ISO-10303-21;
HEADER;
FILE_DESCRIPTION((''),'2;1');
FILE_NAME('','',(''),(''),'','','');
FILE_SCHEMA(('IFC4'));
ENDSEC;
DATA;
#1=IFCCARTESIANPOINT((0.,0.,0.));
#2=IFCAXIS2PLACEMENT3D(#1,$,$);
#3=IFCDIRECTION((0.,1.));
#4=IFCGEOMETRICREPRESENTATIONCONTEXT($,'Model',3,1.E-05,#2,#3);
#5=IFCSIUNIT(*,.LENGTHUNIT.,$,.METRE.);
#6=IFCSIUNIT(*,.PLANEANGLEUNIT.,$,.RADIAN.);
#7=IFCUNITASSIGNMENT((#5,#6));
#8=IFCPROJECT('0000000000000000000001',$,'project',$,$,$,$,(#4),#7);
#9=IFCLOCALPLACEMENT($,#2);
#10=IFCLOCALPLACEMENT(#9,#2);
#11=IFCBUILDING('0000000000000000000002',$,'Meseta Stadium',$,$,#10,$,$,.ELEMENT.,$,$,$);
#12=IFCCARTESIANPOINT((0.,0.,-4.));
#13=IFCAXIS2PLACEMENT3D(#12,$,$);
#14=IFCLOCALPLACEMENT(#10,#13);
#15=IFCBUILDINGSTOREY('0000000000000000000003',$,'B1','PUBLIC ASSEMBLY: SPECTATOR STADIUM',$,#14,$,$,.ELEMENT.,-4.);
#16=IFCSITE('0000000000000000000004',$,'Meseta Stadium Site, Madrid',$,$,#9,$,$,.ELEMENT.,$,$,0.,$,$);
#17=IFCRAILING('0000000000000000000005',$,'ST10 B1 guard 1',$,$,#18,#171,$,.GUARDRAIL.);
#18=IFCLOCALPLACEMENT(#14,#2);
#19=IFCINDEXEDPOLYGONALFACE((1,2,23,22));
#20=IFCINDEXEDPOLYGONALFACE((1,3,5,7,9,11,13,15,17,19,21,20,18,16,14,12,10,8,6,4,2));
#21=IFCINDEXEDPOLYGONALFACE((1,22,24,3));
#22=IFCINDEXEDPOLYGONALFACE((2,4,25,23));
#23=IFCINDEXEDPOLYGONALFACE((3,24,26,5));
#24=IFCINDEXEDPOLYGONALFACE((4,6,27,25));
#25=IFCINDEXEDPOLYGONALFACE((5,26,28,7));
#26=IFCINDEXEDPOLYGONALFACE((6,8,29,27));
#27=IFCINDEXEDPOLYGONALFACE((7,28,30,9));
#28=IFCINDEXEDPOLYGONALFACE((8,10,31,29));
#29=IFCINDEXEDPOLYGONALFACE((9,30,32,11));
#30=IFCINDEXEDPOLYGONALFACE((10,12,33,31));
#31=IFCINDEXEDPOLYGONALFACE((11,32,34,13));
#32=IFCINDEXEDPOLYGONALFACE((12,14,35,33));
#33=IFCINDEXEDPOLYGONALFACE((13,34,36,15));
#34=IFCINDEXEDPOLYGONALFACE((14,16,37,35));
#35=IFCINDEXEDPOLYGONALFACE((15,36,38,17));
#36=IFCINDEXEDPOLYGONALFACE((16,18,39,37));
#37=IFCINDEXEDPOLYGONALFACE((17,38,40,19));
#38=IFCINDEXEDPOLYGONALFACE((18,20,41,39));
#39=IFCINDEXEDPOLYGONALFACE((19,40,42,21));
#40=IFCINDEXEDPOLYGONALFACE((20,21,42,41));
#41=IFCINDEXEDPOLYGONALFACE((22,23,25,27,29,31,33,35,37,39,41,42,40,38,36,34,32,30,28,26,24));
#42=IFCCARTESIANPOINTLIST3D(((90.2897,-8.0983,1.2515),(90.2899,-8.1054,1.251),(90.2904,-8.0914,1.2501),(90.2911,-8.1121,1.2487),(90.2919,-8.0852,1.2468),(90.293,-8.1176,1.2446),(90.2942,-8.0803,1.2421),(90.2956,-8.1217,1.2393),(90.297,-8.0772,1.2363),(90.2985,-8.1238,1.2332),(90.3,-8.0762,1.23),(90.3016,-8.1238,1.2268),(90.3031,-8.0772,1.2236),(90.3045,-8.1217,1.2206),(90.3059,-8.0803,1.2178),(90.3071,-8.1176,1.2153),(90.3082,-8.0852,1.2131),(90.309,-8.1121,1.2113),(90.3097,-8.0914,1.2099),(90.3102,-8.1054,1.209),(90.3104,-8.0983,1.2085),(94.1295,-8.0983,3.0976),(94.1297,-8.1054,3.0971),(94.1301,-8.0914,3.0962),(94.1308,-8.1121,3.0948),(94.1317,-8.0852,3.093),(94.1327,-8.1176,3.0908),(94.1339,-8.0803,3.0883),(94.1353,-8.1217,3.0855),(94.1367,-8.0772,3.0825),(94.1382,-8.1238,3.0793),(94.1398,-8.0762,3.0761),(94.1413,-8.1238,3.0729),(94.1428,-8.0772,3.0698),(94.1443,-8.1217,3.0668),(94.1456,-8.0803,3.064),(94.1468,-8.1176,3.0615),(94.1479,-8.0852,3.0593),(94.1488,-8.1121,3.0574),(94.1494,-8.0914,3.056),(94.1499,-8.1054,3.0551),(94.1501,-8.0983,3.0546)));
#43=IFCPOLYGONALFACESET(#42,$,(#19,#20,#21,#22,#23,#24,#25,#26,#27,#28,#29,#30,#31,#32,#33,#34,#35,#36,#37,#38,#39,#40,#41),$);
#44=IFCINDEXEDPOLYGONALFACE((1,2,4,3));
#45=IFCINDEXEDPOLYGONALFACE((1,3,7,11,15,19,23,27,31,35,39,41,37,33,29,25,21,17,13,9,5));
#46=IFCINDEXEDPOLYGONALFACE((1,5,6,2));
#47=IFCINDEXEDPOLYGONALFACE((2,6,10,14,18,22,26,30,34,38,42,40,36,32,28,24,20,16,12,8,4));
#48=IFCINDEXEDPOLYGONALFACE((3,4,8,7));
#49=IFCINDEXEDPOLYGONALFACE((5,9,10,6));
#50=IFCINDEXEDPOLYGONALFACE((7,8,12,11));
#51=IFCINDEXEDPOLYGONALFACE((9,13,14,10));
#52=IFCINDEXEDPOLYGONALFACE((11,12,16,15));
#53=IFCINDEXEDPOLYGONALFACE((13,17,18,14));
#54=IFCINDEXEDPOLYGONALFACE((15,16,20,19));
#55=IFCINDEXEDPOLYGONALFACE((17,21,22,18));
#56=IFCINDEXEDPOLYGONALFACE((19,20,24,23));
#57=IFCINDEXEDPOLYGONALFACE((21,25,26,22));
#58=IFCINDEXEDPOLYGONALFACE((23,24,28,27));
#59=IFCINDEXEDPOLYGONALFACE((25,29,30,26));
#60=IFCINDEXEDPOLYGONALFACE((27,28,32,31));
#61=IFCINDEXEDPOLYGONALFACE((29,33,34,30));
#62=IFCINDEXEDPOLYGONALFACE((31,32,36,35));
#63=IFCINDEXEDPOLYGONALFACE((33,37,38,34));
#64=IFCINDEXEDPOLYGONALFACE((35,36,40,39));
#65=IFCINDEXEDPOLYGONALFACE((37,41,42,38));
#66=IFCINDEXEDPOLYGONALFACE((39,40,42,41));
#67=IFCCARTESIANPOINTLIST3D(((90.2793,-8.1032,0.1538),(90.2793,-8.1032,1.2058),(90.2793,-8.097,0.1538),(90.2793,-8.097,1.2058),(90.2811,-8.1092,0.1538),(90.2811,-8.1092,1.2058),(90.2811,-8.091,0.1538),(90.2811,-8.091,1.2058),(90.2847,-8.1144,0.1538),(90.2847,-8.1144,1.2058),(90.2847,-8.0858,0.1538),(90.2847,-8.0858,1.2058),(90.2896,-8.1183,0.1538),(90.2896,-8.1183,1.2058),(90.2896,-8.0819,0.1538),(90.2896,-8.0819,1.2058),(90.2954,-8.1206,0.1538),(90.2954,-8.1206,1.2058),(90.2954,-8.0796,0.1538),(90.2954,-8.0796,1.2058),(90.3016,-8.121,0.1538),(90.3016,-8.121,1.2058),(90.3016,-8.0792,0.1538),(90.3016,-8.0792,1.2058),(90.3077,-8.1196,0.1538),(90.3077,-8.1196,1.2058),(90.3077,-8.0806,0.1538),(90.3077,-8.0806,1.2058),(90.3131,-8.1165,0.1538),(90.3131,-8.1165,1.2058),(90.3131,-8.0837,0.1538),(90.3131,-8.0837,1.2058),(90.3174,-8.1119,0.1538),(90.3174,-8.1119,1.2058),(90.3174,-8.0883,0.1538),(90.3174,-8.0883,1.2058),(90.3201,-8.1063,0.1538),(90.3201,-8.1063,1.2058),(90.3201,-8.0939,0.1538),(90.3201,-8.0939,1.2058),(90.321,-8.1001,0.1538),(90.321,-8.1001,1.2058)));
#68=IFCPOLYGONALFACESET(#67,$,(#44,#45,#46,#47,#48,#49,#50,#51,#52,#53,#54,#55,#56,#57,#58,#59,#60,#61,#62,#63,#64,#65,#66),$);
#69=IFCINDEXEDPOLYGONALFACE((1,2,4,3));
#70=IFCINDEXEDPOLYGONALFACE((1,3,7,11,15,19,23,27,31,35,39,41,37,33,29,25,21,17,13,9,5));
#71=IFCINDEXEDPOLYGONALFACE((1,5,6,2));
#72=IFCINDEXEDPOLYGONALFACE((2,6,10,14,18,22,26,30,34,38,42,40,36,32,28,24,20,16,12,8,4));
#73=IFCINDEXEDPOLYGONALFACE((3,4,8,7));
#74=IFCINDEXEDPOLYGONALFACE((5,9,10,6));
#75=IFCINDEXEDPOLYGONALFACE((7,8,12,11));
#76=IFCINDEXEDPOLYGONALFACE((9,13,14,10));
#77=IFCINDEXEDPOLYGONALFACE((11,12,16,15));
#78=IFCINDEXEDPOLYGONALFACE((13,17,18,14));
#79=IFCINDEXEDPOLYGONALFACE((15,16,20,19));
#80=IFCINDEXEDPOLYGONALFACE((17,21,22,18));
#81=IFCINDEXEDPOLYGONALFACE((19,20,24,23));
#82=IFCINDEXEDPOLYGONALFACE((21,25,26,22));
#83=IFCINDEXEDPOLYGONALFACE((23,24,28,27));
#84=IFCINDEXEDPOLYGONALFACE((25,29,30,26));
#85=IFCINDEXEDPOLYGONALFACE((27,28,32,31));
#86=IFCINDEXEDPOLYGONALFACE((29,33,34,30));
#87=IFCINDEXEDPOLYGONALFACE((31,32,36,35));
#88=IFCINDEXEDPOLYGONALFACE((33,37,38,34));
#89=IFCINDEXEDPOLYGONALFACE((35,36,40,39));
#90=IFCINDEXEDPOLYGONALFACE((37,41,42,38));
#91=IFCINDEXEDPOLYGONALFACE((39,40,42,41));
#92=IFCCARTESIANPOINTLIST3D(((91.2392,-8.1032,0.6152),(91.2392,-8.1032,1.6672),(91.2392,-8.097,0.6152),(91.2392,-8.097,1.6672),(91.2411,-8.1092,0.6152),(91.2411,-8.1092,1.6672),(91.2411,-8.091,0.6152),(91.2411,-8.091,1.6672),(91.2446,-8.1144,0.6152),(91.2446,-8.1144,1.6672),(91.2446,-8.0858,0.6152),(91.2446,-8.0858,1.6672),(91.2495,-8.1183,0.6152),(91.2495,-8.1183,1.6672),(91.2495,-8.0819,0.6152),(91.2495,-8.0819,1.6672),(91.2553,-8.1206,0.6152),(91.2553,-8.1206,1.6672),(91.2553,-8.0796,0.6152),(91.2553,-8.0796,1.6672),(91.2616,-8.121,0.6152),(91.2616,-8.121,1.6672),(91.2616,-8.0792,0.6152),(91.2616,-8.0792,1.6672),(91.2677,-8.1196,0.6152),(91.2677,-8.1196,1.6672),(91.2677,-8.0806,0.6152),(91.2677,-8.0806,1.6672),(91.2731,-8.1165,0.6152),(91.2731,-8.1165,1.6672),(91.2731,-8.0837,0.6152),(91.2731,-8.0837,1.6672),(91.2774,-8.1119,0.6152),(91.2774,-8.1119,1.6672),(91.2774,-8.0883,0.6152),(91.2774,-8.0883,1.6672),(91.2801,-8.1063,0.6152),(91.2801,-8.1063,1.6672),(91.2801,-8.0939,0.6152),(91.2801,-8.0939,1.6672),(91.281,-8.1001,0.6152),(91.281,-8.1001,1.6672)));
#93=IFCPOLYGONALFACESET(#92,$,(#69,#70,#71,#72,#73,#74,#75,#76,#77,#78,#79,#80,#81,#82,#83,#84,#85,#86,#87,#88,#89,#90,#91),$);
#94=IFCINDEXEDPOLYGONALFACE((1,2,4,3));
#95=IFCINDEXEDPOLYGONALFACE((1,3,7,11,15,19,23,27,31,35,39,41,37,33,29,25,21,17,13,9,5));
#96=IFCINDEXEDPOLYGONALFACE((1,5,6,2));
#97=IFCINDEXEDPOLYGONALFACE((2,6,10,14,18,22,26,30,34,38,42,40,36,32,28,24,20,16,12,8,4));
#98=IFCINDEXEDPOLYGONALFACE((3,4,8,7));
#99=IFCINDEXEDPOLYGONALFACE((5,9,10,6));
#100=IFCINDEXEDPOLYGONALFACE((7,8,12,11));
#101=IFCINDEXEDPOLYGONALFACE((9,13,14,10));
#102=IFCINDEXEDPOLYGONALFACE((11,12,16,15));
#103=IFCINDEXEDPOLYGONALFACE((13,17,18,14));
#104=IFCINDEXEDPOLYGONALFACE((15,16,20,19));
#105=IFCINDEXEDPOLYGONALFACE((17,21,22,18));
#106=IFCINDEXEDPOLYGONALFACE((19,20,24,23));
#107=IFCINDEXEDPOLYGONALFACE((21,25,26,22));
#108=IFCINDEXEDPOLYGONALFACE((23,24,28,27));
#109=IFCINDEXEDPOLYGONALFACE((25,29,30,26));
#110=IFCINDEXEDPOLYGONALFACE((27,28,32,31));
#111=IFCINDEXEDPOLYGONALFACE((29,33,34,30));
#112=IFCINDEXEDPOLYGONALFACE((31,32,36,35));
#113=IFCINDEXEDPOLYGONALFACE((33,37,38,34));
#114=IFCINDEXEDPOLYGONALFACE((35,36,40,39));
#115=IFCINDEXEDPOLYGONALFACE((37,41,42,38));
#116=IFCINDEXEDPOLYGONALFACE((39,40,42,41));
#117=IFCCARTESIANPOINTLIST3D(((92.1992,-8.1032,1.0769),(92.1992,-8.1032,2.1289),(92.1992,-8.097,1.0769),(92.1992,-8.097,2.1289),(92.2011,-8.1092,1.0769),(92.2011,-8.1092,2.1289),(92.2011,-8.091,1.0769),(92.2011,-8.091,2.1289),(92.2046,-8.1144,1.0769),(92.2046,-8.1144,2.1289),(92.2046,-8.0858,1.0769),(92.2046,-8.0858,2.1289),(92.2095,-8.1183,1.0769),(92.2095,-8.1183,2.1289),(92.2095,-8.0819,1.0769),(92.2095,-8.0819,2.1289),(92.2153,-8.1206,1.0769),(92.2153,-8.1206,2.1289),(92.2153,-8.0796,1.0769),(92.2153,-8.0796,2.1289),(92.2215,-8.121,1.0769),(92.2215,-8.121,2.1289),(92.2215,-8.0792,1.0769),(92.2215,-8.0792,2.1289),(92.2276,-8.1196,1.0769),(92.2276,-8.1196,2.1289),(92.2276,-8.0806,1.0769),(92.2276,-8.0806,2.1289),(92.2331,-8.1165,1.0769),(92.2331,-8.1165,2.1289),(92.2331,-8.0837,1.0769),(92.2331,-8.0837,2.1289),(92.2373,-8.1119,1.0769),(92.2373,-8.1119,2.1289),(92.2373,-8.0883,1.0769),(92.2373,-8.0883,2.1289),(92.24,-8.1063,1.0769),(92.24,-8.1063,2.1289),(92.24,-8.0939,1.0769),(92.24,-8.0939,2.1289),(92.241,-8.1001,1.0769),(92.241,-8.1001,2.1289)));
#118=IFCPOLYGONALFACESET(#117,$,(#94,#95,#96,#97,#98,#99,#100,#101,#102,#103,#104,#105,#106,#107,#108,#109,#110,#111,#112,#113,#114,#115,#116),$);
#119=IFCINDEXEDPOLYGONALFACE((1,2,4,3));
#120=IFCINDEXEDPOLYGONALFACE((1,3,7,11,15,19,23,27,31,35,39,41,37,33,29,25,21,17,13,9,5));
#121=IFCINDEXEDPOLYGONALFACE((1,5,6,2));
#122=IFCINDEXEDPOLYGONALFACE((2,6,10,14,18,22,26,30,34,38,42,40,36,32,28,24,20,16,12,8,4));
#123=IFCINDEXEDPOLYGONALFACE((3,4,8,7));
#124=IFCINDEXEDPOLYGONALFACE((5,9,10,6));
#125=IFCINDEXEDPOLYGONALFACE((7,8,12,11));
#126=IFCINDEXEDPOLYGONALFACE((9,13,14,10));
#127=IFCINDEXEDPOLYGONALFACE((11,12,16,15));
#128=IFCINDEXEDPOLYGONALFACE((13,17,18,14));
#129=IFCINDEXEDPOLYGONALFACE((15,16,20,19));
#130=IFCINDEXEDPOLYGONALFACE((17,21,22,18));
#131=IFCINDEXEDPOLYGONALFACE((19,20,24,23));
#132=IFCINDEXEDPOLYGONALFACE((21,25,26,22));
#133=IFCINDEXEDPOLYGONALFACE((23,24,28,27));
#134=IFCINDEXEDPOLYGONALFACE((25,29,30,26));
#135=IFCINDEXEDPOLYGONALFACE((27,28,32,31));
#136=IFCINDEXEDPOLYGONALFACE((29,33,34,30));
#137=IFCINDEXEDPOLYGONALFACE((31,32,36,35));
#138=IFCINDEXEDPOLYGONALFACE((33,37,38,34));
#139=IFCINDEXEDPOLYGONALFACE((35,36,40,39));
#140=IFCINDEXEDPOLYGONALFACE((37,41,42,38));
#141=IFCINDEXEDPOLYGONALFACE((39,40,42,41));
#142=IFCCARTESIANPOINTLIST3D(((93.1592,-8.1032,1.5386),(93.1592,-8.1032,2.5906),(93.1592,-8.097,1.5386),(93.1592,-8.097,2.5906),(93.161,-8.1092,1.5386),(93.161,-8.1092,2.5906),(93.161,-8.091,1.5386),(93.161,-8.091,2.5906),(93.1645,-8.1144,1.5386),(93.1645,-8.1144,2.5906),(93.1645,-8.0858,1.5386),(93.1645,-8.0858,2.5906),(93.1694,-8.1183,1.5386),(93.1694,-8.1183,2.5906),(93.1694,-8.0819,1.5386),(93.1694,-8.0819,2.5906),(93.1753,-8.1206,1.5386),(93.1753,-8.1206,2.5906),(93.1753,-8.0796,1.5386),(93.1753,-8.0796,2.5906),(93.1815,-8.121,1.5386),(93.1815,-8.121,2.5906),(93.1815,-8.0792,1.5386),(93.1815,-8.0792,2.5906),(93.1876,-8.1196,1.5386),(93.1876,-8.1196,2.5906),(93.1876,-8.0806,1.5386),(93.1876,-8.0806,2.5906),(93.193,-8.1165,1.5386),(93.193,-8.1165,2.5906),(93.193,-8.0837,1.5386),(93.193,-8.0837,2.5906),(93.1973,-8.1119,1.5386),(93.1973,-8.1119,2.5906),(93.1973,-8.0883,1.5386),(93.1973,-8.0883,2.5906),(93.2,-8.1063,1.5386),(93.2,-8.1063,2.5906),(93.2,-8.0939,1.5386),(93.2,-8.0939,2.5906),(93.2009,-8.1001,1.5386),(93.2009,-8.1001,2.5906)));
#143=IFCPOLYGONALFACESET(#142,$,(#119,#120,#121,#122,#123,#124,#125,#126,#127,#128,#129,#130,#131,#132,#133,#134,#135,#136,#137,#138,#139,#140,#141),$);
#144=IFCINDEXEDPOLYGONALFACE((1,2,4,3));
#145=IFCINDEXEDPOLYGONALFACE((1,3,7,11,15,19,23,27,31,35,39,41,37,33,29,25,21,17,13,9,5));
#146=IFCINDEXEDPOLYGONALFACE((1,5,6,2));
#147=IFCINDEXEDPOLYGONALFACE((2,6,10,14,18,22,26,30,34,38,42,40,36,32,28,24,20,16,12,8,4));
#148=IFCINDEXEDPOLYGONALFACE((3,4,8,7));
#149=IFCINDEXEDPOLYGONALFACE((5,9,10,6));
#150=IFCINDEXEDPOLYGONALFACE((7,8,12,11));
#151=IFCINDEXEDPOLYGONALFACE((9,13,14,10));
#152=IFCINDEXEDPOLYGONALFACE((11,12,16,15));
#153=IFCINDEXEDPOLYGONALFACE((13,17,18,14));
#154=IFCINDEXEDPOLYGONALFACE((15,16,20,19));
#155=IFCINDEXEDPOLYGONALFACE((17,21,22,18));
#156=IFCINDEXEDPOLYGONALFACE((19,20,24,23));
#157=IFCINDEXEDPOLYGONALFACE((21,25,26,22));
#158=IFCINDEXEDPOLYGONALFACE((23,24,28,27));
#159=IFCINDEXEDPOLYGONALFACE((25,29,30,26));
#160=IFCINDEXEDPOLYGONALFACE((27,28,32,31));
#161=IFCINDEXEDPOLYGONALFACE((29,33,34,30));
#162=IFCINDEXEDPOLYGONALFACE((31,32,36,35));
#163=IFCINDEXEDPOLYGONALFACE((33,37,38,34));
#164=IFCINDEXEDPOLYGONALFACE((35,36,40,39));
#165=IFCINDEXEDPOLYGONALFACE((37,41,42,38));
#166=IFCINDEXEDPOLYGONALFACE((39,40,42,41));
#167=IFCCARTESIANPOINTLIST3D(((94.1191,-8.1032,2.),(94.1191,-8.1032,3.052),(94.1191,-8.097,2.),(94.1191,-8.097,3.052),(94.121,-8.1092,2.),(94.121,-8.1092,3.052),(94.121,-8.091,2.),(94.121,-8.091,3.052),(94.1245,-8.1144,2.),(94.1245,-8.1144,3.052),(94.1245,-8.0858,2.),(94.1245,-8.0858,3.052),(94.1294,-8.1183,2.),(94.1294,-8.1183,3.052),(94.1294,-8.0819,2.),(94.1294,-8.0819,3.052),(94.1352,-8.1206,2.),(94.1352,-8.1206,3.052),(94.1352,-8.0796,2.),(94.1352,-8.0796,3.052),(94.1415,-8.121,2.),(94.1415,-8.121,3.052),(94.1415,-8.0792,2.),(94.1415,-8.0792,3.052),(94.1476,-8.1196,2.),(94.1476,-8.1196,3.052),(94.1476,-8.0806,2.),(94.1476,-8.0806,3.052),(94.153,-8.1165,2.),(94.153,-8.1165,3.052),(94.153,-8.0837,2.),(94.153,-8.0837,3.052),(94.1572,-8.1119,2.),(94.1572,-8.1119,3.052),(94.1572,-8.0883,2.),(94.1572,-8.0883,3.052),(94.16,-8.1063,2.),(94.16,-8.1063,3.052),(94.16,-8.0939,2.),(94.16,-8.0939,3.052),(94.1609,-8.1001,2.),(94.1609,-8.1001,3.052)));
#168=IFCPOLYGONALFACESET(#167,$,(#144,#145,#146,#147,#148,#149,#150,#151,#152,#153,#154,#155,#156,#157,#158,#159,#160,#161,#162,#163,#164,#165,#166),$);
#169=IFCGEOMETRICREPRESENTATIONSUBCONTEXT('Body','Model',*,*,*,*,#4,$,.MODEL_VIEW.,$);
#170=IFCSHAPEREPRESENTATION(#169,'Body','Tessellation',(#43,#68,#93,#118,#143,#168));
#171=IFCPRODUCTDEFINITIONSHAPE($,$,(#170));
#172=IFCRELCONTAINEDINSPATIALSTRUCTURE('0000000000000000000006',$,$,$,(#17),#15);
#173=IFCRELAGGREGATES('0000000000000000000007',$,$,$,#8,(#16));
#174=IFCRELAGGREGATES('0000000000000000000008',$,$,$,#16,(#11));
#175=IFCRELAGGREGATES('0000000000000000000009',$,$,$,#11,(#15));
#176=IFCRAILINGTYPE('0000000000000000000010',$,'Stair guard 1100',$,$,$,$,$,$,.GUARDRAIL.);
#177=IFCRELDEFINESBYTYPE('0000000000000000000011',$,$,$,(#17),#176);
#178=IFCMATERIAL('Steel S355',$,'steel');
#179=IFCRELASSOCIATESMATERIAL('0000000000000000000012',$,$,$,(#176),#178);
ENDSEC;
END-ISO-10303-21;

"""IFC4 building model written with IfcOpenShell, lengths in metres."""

from ifc_helpers import new_model, si_unit, direction, frame, origin, origin_2d, place, context, subcontext, project, spatial, circle, extrude, material, type_object, element, save


model = new_model("IFC4")

# Units and contexts
model_context = context("Model", 3, precision=1e-05, world=origin(), true_north=direction((0.0, 1.0)))
body_context = subcontext(model_context, "Body", "Model", "MODEL_VIEW")
ifc_project = project(units=[si_unit("LENGTHUNIT", "METRE"), si_unit("PLANEANGLEUNIT", "RADIAN")], contexts=[model_context])

# Site, building, storey
site_placement = place(None, origin())
site = spatial("IfcSite", under=ifc_project, at=site_placement, Name="Meseta Stadium Site, Madrid", CompositionType="ELEMENT", RefElevation=0.0)
building_placement = place(site_placement, origin())
building = spatial("IfcBuilding", under=site, at=building_placement, Name="Meseta Stadium", CompositionType="ELEMENT")
storey_placement = place(building_placement, frame((0.0, 0.0, -4.0)))
storey = spatial("IfcBuildingStorey", under=building, at=storey_placement, Name="B1", Description="PUBLIC ASSEMBLY: SPECTATOR STADIUM", CompositionType="ELEMENT", Elevation=-4.0)

# Railing
ifc_material_1 = material(Name="Steel S355", Category="steel")
railing_type_1 = type_object("IfcRailingType", Name="Stair guard 1100", PredefinedType="GUARDRAIL", material=ifc_material_1)
railing_1_placement = place(storey_placement, frame((90.3, -8.1001, 0.1538)))
element("IfcRailing", 1, at=railing_1_placement, inside=storey, type_object=railing_type_1, Name="ST10 B1 guard 1", PredefinedType="GUARDRAIL", context=body_context, shape_type="SweptSolid", body=[
    extrude(circle(Radius=0.0239, at=origin_2d()), frame((0.0, 0.0, 1.0762), z_axis=(0.901242, 0.0, 0.433316), x_axis=(0.0, 1.0, 0.0)), (0.0, 0.0, 1.0), 4.2605),
    extrude(circle(Radius=0.021, at=origin_2d()), origin(), (0.0, 0.0, 1.0), 1.052),
    extrude(circle(Radius=0.021, at=origin_2d()), frame((0.96, 0.0, 0.4614)), (0.0, 0.0, 1.0), 1.052),
    extrude(circle(Radius=0.021, at=origin_2d()), frame((1.9199, 0.0, 0.9231)), (0.0, 0.0, 1.0), 1.052),
    extrude(circle(Radius=0.021, at=origin_2d()), frame((2.8799, 0.0, 1.3848)), (0.0, 0.0, 1.0), 1.052),
    extrude(circle(Radius=0.021, at=origin_2d()), frame((3.8398, 0.0, 1.8462)), (0.0, 0.0, 1.0), 1.052),
])

save(model, "model.ifc")
